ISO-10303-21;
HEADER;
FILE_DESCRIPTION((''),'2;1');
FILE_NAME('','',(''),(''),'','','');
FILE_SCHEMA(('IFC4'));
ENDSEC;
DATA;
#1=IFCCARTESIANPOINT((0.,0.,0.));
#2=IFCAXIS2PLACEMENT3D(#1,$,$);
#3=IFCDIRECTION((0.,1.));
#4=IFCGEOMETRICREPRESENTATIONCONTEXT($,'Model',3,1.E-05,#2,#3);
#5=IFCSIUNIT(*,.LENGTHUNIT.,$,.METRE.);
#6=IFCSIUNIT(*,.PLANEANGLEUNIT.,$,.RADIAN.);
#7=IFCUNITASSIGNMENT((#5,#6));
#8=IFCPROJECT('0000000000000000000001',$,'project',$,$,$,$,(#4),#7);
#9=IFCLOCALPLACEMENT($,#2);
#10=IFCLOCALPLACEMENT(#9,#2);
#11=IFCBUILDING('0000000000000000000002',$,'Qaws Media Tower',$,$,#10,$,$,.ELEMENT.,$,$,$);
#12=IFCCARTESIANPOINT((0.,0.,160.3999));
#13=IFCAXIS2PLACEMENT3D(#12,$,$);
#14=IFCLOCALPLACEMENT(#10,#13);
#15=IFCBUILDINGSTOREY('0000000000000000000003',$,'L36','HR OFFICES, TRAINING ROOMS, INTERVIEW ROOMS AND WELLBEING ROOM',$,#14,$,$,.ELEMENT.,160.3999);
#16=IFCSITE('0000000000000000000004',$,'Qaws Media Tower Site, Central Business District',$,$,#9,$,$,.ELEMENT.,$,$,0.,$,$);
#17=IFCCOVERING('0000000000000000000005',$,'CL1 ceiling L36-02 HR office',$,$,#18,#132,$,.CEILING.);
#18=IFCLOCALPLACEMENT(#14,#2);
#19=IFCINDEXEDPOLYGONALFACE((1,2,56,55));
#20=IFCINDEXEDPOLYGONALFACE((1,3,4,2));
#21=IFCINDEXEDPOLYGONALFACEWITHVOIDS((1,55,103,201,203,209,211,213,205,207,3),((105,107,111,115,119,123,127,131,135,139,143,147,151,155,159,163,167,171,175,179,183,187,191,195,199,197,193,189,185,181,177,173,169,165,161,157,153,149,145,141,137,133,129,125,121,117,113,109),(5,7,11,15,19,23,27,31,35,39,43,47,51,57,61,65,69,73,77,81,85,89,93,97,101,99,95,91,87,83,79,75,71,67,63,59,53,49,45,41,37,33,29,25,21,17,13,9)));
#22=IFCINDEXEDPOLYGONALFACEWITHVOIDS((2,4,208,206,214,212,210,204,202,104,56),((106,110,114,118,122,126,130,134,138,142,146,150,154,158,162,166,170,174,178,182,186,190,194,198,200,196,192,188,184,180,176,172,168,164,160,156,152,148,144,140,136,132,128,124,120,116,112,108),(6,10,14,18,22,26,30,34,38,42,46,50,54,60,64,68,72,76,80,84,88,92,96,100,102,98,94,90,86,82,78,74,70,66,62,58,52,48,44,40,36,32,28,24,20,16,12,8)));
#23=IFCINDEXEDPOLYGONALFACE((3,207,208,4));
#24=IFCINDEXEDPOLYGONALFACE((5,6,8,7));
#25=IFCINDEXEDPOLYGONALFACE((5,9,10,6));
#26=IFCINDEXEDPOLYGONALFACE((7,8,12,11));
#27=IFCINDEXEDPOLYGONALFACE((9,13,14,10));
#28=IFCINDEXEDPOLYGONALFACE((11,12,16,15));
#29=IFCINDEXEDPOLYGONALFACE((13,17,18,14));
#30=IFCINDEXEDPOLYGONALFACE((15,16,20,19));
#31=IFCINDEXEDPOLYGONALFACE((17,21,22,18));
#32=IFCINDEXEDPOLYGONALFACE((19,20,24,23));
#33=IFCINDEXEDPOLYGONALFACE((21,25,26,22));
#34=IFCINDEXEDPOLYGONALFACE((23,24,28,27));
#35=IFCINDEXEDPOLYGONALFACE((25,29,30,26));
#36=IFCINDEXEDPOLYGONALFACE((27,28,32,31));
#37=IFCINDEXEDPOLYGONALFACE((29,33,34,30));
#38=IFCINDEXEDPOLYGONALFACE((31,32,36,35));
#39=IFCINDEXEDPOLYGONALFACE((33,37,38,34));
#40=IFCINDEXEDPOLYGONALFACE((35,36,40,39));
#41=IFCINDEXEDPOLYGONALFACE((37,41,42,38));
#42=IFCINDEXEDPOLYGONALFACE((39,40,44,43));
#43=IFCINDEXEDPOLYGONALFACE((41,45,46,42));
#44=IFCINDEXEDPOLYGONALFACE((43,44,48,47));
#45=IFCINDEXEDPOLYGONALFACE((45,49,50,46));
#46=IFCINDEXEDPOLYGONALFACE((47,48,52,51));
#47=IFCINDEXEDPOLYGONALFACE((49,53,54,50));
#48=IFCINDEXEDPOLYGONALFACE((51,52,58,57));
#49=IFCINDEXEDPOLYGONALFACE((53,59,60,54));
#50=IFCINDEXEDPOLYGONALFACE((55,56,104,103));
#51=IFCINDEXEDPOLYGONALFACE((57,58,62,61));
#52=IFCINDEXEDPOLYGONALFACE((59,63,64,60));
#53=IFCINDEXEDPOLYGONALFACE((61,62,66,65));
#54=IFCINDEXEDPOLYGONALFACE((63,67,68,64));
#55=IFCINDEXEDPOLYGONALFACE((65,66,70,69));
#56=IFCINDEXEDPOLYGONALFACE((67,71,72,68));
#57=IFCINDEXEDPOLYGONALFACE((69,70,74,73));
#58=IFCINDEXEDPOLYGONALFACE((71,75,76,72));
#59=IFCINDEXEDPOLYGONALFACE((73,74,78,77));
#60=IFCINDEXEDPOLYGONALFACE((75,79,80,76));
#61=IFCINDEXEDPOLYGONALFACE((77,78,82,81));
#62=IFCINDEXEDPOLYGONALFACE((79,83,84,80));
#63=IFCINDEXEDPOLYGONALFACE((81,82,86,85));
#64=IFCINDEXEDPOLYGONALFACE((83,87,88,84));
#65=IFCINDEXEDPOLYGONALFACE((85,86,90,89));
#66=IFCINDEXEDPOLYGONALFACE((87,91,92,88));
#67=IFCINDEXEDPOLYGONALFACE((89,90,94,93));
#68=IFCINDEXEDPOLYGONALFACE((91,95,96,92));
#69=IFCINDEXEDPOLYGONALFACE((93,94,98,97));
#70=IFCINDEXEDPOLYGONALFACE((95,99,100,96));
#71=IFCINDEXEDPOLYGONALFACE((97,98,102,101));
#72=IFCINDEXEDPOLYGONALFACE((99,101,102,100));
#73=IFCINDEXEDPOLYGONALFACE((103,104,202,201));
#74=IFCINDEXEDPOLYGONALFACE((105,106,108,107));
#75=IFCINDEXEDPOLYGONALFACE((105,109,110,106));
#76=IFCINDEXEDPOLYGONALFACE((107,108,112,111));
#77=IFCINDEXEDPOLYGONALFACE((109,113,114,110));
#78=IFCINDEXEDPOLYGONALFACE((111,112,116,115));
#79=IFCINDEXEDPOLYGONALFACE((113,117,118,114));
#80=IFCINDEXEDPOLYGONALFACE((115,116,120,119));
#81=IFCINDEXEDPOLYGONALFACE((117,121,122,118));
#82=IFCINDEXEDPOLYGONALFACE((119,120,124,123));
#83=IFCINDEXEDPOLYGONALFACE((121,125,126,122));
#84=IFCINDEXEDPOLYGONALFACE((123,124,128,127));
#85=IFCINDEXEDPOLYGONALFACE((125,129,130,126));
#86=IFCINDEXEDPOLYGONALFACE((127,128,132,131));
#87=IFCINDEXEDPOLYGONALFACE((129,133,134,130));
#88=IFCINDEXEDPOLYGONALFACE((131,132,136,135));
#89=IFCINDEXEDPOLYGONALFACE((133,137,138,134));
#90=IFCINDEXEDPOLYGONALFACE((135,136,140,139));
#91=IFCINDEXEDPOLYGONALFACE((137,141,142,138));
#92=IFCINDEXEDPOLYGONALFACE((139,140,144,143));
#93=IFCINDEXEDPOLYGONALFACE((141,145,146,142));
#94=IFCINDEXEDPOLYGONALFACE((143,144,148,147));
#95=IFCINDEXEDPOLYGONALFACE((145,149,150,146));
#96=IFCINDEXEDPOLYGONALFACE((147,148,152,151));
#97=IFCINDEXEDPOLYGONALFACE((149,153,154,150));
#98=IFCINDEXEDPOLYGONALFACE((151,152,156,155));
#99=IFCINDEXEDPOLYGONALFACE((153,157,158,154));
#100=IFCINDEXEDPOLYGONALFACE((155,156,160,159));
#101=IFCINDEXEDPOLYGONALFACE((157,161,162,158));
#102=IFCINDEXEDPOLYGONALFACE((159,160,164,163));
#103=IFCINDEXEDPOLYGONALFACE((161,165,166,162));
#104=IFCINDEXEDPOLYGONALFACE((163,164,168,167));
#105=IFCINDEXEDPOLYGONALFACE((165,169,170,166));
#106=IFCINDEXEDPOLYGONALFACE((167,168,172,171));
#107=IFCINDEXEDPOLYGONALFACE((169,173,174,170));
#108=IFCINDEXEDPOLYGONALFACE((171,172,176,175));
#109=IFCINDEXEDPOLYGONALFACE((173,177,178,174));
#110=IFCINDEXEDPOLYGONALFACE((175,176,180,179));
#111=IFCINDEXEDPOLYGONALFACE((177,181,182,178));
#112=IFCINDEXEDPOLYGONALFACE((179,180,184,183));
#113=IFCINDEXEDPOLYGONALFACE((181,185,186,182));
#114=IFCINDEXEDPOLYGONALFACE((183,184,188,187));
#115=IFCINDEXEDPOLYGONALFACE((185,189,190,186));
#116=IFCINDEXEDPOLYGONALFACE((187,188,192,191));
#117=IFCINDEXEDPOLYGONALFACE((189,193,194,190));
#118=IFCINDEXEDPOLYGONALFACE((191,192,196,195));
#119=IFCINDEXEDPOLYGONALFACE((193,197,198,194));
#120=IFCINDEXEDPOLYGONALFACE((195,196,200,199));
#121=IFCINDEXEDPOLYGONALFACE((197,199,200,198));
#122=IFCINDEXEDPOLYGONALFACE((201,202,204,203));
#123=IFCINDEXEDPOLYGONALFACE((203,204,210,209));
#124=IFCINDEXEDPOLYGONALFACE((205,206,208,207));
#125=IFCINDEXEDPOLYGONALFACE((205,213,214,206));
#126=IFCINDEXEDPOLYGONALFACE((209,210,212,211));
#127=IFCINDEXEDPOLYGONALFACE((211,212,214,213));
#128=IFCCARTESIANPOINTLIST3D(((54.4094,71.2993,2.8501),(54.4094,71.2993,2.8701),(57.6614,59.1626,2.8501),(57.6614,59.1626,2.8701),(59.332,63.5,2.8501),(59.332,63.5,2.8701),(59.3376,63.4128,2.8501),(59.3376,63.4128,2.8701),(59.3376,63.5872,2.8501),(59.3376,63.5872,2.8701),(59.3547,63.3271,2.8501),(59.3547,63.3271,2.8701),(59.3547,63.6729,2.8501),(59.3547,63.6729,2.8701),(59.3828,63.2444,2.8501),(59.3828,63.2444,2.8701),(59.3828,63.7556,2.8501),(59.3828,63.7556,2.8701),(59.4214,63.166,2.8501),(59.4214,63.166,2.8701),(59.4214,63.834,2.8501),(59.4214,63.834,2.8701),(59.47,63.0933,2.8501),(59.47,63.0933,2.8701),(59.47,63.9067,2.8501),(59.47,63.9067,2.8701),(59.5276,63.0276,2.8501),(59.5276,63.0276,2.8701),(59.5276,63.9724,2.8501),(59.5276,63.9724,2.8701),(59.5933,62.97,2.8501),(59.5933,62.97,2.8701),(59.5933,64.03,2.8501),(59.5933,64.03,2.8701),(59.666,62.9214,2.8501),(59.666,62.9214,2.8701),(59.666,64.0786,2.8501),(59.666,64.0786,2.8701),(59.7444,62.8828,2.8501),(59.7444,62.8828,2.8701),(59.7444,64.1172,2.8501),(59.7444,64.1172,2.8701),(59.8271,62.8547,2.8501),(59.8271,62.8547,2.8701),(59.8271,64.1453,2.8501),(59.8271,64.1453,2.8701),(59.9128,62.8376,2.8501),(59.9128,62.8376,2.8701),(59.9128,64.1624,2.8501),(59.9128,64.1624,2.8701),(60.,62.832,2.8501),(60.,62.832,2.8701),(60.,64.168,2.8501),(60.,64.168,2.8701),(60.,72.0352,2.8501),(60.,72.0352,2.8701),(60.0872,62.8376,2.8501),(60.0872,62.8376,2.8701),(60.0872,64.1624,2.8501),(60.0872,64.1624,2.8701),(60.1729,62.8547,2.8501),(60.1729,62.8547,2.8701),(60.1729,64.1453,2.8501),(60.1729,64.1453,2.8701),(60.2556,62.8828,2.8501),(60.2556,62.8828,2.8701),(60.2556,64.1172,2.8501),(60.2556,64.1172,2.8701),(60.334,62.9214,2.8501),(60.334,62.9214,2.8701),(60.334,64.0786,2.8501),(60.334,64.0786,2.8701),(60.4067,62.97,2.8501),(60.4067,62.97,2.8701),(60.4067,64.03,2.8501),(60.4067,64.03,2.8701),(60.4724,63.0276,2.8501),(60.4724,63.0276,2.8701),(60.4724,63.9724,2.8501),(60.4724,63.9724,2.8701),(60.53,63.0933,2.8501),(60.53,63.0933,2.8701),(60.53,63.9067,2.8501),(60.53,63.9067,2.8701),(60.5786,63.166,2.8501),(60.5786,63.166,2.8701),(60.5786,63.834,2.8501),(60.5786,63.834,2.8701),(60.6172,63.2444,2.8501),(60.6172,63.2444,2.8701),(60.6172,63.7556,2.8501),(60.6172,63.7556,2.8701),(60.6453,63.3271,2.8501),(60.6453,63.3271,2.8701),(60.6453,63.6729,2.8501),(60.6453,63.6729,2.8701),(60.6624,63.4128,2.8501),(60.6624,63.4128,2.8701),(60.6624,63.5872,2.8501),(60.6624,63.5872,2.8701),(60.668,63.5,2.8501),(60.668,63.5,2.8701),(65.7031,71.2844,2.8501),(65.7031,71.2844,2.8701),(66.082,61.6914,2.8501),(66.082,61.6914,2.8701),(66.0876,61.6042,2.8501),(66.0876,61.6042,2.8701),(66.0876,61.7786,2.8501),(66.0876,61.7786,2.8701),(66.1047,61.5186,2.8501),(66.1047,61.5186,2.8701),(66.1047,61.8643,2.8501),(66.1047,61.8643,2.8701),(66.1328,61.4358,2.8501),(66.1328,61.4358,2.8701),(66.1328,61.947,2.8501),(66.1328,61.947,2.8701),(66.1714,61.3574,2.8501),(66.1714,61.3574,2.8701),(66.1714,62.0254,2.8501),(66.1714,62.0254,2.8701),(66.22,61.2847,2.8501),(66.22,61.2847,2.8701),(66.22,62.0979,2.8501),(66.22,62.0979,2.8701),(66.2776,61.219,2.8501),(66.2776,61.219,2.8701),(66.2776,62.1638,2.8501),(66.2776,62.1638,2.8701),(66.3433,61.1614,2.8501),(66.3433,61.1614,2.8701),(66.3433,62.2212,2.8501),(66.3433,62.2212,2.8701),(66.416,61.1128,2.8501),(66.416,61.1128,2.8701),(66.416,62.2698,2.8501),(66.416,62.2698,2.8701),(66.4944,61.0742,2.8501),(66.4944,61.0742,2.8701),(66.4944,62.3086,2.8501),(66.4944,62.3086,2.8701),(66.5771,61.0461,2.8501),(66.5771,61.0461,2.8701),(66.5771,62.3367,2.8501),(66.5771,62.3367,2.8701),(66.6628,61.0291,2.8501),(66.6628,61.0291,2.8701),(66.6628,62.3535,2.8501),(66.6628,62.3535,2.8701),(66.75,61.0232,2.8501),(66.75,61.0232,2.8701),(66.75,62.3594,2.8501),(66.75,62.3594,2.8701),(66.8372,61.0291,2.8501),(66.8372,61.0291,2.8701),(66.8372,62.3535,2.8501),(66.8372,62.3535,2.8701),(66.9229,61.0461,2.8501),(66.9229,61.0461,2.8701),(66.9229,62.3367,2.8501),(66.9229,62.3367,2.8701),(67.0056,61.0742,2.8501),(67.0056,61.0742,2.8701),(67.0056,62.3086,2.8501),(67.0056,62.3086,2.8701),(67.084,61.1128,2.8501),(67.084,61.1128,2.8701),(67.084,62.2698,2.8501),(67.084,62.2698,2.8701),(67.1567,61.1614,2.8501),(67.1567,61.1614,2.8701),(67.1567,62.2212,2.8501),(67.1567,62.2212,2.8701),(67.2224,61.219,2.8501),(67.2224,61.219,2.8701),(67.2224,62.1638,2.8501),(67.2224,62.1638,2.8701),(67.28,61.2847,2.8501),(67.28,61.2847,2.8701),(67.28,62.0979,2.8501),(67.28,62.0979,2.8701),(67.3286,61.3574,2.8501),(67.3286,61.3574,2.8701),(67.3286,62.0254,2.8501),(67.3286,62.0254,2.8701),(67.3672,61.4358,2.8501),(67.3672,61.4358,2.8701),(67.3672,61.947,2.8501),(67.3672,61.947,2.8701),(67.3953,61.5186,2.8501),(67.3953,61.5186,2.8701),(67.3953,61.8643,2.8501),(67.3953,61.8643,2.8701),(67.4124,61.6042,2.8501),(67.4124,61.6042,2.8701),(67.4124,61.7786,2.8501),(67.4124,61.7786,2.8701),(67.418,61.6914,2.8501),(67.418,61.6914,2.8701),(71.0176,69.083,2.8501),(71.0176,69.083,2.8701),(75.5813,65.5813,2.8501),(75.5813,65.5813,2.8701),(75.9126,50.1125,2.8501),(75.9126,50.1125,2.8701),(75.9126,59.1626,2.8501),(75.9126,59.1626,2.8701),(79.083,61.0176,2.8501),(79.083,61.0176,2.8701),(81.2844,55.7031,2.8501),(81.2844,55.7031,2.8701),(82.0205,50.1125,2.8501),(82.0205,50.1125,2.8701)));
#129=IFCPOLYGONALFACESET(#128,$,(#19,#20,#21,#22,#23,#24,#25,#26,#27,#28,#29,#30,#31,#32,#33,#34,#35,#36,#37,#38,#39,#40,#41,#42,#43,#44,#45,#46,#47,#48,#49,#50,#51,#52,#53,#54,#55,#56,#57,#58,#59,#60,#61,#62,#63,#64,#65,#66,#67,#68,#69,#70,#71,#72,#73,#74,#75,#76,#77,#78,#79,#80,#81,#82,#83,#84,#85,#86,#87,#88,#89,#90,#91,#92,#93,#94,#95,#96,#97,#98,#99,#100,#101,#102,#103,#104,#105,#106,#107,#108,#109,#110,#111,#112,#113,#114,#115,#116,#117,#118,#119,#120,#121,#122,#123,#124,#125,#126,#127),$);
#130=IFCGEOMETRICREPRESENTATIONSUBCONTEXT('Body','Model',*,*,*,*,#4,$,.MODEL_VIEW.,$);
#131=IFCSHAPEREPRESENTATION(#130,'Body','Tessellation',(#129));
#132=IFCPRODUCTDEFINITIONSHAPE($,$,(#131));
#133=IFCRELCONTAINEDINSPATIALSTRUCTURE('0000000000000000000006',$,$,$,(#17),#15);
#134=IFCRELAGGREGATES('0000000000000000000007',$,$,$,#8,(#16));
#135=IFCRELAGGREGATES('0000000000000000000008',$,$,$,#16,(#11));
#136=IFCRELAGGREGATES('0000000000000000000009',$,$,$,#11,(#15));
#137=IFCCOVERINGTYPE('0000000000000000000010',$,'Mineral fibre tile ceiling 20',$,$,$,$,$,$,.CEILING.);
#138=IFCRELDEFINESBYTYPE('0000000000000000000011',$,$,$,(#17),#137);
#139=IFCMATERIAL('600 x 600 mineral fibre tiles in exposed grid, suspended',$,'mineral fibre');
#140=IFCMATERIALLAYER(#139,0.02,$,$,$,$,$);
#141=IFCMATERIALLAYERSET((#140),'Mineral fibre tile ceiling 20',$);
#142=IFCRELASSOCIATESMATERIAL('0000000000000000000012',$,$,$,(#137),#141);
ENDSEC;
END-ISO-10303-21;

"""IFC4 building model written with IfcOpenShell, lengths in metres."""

from ifc_helpers import new_model, si_unit, direction, frame, origin, place, context, subcontext, project, spatial, polyline, outline, extrude, material, layer, layer_set, type_object, element, save


model = new_model("IFC4")

# Units and contexts
model_context = context("Model", 3, precision=1e-05, world=origin(), true_north=direction((0.0, 1.0)))
body_context = subcontext(model_context, "Body", "Model", "MODEL_VIEW")
ifc_project = project(units=[si_unit("LENGTHUNIT", "METRE"), si_unit("PLANEANGLEUNIT", "RADIAN")], contexts=[model_context])

# Site, building, storey
site_placement = place(None, origin())
site = spatial("IfcSite", under=ifc_project, at=site_placement, Name="Qaws Media Tower Site, Central Business District", CompositionType="ELEMENT", RefElevation=0.0)
building_placement = place(site_placement, origin())
building = spatial("IfcBuilding", under=site, at=building_placement, Name="Qaws Media Tower", CompositionType="ELEMENT")
storey_placement = place(building_placement, frame((0.0, 0.0, 160.3999)))
storey = spatial("IfcBuildingStorey", under=building, at=storey_placement, Name="L36", Description="HR OFFICES, TRAINING ROOMS, INTERVIEW ROOMS AND WELLBEING ROOM", CompositionType="ELEMENT", Elevation=160.3999)

# Covering
ifc_material_1 = material(Name="600 x 600 mineral fibre tiles in exposed grid, suspended", Category="mineral fibre")
ifc_layer_1 = layer(ifc_material_1, 0.02)
ifc_layer_set_1 = layer_set([ifc_layer_1], Name="Mineral fibre tile ceiling 20")
covering_type_1 = type_object("IfcCoveringType", Name="Mineral fibre tile ceiling 20", PredefinedType="CEILING", material=ifc_layer_set_1)
covering_1_placement = place(storey_placement, frame((0.0, 0.0, 2.8501)))
element("IfcCovering", 1, at=covering_1_placement, inside=storey, type_object=covering_type_1, Name="CL1 ceiling L36-02 HR office", PredefinedType="CEILING", context=body_context, shape_type="SweptSolid", body=[
    extrude(outline(polyline([(60.0, 72.0352), (65.7031, 71.2844), (71.0176, 69.083), (75.5813, 65.5813), (79.083, 61.0176), (81.2844, 55.7031), (82.0205, 50.1125), (75.9126, 50.1125), (75.9126, 59.1626), (57.6614, 59.1626), (54.4094, 71.2993), (60.0, 72.0352)]), holes=[polyline([(60.6172, 63.2444), (60.6453, 63.3271), (60.6624, 63.4128), (60.668, 63.5), (60.6624, 63.5872), (60.6453, 63.6729), (60.6172, 63.7556), (60.5786, 63.834), (60.53, 63.9067), (60.4724, 63.9724), (60.4067, 64.03), (60.334, 64.0786), (60.2556, 64.1172), (60.1729, 64.1453), (60.0872, 64.1624), (60.0, 64.168), (59.9128, 64.1624), (59.8271, 64.1453), (59.7444, 64.1172), (59.666, 64.0786), (59.5933, 64.03), (59.5276, 63.9724), (59.47, 63.9067), (59.4214, 63.834), (59.3828, 63.7556), (59.3547, 63.6729), (59.3376, 63.5872), (59.332, 63.5), (59.3376, 63.4128), (59.3547, 63.3271), (59.3828, 63.2444), (59.4214, 63.166), (59.47, 63.0933), (59.5276, 63.0276), (59.5933, 62.97), (59.666, 62.9214), (59.7444, 62.8828), (59.8271, 62.8547), (59.9128, 62.8376), (60.0, 62.832), (60.0872, 62.8376), (60.1729, 62.8547), (60.2556, 62.8828), (60.334, 62.9214), (60.4067, 62.97), (60.4724, 63.0276), (60.53, 63.0933), (60.5786, 63.166), (60.6172, 63.2444)]), polyline([(67.3672, 61.4358), (67.3953, 61.5186), (67.4124, 61.6042), (67.418, 61.6914), (67.4124, 61.7786), (67.3953, 61.8643), (67.3672, 61.947), (67.3286, 62.0254), (67.28, 62.0979), (67.2224, 62.1638), (67.1567, 62.2212), (67.084, 62.2698), (67.0056, 62.3086), (66.9229, 62.3367), (66.8372, 62.3535), (66.75, 62.3594), (66.6628, 62.3535), (66.5771, 62.3367), (66.4944, 62.3086), (66.416, 62.2698), (66.3433, 62.2212), (66.2776, 62.1638), (66.22, 62.0979), (66.1714, 62.0254), (66.1328, 61.947), (66.1047, 61.8643), (66.0876, 61.7786), (66.082, 61.6914), (66.0876, 61.6042), (66.1047, 61.5186), (66.1328, 61.4358), (66.1714, 61.3574), (66.22, 61.2847), (66.2776, 61.219), (66.3433, 61.1614), (66.416, 61.1128), (66.4944, 61.0742), (66.5771, 61.0461), (66.6628, 61.0291), (66.75, 61.0232), (66.8372, 61.0291), (66.9229, 61.0461), (67.0056, 61.0742), (67.084, 61.1128), (67.1567, 61.1614), (67.2224, 61.219), (67.28, 61.2847), (67.3286, 61.3574), (67.3672, 61.4358)])]), origin(), (0.0, 0.0, 1.0), 0.02),
])

save(model, "model.ifc")
